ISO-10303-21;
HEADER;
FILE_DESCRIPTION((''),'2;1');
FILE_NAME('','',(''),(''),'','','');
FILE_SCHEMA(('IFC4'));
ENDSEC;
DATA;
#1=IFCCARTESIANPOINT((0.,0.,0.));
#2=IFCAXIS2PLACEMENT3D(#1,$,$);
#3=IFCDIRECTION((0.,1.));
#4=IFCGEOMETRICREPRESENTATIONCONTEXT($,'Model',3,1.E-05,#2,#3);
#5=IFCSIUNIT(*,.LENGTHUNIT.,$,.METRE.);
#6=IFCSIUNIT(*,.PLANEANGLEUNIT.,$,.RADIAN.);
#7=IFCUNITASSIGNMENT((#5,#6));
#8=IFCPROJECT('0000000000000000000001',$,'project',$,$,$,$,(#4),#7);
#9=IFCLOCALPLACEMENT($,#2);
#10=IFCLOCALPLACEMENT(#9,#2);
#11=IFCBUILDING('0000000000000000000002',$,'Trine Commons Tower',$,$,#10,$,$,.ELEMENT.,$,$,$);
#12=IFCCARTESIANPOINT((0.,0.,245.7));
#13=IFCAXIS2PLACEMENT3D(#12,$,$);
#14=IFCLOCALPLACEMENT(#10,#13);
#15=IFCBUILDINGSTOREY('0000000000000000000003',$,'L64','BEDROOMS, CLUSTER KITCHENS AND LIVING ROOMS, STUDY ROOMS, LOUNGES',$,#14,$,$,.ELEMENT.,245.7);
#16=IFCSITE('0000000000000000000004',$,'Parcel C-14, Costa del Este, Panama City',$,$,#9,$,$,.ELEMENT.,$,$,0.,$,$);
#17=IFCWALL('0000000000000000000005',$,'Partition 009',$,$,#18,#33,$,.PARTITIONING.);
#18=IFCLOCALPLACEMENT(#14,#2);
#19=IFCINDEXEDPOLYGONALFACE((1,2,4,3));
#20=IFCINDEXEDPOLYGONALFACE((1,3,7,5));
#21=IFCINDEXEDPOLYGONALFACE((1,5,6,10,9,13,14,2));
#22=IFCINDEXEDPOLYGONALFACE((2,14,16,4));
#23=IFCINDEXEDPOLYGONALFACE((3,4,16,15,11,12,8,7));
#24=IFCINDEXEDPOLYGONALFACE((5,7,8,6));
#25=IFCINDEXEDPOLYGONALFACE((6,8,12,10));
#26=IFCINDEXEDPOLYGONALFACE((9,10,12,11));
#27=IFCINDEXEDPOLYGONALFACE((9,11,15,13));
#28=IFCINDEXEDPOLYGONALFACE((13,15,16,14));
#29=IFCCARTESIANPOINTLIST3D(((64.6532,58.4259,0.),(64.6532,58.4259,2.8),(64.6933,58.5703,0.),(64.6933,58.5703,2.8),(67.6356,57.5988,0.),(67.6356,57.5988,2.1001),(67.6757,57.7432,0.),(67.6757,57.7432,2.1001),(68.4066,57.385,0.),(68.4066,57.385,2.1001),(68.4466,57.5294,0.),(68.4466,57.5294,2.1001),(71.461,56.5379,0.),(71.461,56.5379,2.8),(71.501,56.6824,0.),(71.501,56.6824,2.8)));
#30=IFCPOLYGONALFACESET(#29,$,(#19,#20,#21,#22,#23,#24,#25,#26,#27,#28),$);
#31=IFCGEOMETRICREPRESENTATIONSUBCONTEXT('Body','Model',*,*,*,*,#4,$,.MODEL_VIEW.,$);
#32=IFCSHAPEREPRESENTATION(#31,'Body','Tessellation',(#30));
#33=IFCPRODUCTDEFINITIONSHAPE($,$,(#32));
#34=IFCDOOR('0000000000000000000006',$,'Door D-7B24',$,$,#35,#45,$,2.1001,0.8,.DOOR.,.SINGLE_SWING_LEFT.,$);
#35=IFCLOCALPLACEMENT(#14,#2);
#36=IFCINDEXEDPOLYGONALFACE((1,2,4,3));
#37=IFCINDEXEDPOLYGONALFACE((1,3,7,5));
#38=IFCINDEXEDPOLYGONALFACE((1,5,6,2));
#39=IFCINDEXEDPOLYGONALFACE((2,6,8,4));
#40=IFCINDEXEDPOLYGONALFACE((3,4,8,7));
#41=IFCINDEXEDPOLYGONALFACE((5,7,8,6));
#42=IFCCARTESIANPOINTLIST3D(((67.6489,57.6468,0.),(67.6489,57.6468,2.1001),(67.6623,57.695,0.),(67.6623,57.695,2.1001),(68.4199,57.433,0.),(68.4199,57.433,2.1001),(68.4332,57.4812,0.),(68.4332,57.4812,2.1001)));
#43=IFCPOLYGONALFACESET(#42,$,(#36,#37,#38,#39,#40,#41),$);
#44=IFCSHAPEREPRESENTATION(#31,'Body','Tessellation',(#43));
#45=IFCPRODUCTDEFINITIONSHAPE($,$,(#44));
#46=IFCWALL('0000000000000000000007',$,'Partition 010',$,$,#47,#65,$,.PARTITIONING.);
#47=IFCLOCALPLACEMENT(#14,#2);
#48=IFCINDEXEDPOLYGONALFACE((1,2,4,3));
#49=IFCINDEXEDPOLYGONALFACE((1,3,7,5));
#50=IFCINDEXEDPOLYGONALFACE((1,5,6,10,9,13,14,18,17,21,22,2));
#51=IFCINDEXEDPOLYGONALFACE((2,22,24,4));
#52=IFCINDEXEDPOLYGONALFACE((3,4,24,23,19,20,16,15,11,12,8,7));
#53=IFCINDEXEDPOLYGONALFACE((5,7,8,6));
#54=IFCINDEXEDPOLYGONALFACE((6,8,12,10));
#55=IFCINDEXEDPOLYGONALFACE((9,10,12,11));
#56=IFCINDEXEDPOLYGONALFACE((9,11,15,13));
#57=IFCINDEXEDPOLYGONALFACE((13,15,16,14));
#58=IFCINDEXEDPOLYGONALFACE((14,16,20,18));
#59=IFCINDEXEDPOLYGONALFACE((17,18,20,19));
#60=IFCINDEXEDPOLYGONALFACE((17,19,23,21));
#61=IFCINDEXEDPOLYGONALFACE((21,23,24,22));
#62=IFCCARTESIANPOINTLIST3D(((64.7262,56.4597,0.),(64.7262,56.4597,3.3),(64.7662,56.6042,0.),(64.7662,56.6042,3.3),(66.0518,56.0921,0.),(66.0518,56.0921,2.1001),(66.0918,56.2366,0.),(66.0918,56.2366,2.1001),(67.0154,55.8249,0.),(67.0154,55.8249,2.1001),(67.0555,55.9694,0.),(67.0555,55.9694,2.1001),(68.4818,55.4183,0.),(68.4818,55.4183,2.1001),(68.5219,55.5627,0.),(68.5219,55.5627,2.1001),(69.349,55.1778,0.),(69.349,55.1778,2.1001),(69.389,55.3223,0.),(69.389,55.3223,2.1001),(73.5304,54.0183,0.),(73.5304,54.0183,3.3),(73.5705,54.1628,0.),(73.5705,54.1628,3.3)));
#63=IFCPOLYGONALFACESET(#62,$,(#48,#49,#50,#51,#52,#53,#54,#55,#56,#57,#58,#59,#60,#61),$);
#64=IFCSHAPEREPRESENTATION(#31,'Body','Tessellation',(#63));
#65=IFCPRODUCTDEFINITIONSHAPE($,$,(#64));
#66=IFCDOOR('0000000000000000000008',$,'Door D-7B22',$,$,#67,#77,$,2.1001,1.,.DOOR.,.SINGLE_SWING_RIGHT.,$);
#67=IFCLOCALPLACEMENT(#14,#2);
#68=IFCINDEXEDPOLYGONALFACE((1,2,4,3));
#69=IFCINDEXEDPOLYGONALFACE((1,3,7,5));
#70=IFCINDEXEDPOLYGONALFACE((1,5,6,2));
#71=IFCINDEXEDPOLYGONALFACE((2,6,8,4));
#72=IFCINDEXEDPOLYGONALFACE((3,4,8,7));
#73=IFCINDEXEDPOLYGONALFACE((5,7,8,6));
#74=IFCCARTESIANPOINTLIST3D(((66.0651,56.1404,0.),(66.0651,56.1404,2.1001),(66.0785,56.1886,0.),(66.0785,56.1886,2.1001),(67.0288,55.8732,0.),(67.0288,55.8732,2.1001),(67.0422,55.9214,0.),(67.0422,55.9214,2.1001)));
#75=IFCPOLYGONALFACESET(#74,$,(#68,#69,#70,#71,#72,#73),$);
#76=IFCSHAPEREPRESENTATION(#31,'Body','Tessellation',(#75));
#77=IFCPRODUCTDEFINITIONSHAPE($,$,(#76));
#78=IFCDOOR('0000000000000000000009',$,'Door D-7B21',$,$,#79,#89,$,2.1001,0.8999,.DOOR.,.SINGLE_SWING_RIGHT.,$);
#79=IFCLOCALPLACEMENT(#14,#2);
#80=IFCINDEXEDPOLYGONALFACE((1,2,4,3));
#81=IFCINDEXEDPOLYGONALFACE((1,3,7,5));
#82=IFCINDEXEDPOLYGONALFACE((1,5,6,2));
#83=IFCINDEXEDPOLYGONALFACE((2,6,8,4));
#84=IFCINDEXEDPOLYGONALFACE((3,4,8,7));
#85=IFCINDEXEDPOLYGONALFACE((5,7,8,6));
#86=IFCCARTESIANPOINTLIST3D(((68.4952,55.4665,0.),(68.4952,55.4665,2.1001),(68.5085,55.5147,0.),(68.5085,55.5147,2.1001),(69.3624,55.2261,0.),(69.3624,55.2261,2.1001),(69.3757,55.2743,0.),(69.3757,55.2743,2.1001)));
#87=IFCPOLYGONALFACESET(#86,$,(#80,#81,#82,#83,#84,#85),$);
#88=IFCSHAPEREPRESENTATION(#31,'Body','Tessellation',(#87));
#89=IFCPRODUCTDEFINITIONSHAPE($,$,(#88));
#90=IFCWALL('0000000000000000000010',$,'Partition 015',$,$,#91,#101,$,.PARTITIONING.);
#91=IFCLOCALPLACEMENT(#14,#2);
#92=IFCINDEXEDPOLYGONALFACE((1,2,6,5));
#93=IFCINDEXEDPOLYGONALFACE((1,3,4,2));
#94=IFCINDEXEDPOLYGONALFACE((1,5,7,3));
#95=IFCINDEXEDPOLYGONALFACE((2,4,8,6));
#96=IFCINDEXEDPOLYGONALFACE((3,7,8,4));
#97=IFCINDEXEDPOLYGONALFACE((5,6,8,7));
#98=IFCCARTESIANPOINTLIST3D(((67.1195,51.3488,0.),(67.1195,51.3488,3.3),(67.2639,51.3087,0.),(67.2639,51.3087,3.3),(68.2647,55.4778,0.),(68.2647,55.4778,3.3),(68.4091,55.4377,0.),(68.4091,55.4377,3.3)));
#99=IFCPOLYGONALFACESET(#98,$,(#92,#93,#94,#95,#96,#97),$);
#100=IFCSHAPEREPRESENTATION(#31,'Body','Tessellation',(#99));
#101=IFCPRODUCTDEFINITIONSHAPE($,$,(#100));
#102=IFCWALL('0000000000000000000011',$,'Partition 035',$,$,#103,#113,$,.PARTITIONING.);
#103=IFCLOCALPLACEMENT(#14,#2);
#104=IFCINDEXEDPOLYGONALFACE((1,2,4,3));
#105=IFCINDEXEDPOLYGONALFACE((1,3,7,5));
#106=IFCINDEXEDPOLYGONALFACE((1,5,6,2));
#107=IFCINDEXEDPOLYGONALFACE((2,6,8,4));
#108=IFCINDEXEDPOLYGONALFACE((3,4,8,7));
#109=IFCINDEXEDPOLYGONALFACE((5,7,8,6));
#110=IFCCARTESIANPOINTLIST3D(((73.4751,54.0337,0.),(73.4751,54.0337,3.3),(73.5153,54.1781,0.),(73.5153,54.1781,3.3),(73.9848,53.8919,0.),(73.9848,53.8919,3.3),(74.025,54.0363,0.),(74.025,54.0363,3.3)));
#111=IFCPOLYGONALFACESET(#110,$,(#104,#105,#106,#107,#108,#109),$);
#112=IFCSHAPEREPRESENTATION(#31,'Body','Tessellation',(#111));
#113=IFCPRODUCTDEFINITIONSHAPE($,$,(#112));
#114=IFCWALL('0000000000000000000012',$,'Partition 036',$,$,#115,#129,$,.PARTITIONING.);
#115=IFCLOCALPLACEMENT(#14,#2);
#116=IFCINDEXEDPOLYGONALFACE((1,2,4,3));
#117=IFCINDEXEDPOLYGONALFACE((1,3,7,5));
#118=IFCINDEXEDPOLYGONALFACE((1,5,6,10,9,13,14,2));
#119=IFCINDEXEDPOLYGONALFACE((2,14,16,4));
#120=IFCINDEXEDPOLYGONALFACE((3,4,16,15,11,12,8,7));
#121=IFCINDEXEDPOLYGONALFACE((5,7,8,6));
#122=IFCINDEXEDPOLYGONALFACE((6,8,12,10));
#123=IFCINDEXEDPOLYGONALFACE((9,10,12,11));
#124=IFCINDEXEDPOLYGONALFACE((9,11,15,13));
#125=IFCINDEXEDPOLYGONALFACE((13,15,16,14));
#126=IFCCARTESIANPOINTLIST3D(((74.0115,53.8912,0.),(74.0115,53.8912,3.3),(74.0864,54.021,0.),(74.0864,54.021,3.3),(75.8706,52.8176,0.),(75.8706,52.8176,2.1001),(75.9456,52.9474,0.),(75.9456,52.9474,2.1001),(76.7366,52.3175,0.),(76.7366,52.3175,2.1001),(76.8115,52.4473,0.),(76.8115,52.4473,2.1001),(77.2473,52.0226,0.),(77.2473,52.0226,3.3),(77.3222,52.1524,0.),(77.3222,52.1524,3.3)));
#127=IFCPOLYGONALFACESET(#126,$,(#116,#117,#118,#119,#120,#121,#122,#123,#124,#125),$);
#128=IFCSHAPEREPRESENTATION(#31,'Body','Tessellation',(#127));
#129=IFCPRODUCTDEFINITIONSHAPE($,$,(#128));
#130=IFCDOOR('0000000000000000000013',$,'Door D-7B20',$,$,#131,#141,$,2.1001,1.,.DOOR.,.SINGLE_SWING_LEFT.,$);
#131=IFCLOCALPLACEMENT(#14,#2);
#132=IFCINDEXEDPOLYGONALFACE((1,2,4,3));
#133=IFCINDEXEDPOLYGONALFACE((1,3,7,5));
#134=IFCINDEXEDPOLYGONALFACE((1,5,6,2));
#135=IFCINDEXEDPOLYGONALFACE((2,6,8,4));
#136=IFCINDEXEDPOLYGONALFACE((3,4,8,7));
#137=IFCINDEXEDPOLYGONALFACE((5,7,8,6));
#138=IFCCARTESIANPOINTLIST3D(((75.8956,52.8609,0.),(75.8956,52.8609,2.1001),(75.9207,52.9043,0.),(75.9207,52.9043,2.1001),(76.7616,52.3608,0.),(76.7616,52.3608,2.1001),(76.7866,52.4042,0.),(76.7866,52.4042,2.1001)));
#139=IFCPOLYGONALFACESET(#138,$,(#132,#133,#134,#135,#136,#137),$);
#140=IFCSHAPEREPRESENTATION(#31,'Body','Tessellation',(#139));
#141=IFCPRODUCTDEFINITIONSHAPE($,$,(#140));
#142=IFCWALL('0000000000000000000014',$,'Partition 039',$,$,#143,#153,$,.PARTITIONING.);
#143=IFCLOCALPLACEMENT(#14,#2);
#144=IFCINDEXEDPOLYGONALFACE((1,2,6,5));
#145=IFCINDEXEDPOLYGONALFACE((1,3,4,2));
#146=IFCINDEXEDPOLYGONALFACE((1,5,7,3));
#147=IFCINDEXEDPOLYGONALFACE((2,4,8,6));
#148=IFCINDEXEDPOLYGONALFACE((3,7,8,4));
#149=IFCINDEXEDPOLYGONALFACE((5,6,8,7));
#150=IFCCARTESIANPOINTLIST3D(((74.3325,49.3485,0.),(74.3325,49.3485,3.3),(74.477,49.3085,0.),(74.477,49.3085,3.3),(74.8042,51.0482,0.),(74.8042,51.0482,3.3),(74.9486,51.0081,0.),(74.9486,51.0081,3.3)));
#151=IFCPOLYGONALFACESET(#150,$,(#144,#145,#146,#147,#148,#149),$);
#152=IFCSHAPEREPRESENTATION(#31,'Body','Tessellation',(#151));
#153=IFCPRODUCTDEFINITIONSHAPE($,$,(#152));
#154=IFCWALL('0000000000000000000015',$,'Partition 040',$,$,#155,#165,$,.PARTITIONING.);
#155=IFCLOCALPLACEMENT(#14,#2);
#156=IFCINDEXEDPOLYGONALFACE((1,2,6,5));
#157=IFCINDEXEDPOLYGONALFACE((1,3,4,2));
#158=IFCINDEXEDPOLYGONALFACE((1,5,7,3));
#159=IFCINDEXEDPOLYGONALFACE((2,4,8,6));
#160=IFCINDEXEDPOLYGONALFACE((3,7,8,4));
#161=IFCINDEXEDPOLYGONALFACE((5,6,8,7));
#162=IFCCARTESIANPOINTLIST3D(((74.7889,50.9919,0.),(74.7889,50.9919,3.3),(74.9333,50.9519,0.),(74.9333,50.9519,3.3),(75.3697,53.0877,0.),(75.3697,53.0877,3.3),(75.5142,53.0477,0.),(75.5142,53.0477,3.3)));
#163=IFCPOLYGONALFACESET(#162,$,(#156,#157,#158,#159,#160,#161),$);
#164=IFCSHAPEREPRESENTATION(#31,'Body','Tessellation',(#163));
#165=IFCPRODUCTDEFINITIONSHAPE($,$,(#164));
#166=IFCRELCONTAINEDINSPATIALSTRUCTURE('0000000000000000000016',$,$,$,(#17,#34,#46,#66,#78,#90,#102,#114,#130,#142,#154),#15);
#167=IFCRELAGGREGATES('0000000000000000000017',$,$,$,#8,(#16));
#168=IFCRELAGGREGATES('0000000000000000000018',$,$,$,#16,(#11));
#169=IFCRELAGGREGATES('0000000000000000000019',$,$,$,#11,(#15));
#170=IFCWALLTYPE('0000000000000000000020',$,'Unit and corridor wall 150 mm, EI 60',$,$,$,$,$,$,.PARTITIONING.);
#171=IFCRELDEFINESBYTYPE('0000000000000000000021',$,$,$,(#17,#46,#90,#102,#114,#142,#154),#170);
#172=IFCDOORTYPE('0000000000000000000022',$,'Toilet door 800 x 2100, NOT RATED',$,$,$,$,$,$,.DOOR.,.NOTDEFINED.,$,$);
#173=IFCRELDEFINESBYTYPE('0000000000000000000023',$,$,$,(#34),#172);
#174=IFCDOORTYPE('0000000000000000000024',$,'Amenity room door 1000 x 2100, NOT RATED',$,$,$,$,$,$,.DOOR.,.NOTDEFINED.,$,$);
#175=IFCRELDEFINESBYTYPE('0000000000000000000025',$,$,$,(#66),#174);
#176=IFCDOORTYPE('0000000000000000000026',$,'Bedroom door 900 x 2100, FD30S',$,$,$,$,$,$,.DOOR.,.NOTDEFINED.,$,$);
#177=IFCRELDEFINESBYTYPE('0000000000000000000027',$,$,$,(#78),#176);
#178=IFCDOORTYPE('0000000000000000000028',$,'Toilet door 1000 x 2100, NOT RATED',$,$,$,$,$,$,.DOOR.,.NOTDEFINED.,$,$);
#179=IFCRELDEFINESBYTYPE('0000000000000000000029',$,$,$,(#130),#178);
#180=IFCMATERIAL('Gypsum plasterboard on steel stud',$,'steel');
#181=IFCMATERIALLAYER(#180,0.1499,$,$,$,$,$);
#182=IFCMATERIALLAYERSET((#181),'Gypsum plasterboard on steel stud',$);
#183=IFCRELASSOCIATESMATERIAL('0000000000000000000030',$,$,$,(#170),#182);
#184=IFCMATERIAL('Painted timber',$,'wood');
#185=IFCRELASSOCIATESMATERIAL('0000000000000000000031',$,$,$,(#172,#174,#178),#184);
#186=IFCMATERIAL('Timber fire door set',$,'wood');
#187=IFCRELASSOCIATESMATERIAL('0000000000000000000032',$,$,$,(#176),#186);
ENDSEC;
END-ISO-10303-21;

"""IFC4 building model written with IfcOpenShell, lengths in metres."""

from ifc_helpers import new_model, si_unit, direction, frame, frame_2d, origin, place, context, subcontext, project, spatial, rectangle, extrude, material, layer, layer_set, type_object, element, fill, save


model = new_model("IFC4")

# Units and contexts
model_context = context("Model", 3, precision=1e-05, world=origin(), true_north=direction((0.0, 1.0)))
body_context = subcontext(model_context, "Body", "Model", "MODEL_VIEW")
ifc_project = project(units=[si_unit("LENGTHUNIT", "METRE"), si_unit("PLANEANGLEUNIT", "RADIAN")], contexts=[model_context])

# Site, building, storey
site_placement = place(None, origin())
site = spatial("IfcSite", under=ifc_project, at=site_placement, Name="Parcel C-14, Costa del Este, Panama City", CompositionType="ELEMENT", RefElevation=0.0)
building_placement = place(site_placement, origin())
building = spatial("IfcBuilding", under=site, at=building_placement, Name="Trine Commons Tower", CompositionType="ELEMENT")
storey_placement = place(building_placement, frame((0.0, 0.0, 245.7)))
storey = spatial("IfcBuildingStorey", under=building, at=storey_placement, Name="L64", Description="BEDROOMS, CLUSTER KITCHENS AND LIVING ROOMS, STUDY ROOMS, LOUNGES", CompositionType="ELEMENT", Elevation=245.7)

# Wall, opening, door
ifc_material_1 = material(Name="Gypsum plasterboard on steel stud", Category="steel")
ifc_layer_1 = layer(ifc_material_1, 0.1499)
ifc_layer_set_1 = layer_set([ifc_layer_1], Name="Gypsum plasterboard on steel stud")
wall_type_1 = type_object("IfcWallType", Name="Unit and corridor wall 150 mm, EI 60", PredefinedType="PARTITIONING", material=ifc_layer_set_1)
wall_1_placement = place(storey_placement, frame((64.6733, 58.498, 0.0), z_axis=(0.0, 0.0, 1.0), x_axis=(0.963632, -0.267232, 0.0)))
wall_1 = element("IfcWall", 1, at=wall_1_placement, inside=storey, type_object=wall_type_1, Name="Partition 009", PredefinedType="PARTITIONING", context=body_context, shape_type="SweptSolid", body=[
    extrude(rectangle(XDim=7.0647, YDim=0.1499, at=frame_2d((3.5322, 0.0))), origin(), (0.0, 0.0, 1.0), 2.8),
])
opening_1_placement = place(wall_1_placement, frame((3.095, 0.0, 0.0)))
opening_1 = element("IfcOpeningElement", 2, at=opening_1_placement, cuts=wall_1, PredefinedType="OPENING", context=body_context, shape_type="SweptSolid", body=[
    extrude(rectangle(XDim=0.8, YDim=2.1001, at=frame_2d((0.3999, 1.05))), frame((0.0, 0.085, 0.0), z_axis=(0.0, -1.0, 0.0), x_axis=(1.0, 0.0, 0.0)), (0.0, 0.0, 1.0), 0.1699),
])
ifc_material_2 = material(Name="Painted timber", Category="wood")
door_type_1 = type_object("IfcDoorType", Name="Toilet door 800 x 2100, NOT RATED", OperationType="NOTDEFINED", PredefinedType="DOOR", material=ifc_material_2)
door_1_placement = place(opening_1_placement, origin())
door_1 = element("IfcDoor", 3, at=door_1_placement, inside=storey, type_object=door_type_1, Name="Door D-7B24", OperationType="SINGLE_SWING_LEFT", OverallHeight=2.1001, OverallWidth=0.8, PredefinedType="DOOR", context=body_context, shape_type="SweptSolid", body=[
    extrude(rectangle(XDim=0.8, YDim=2.1001, at=frame_2d((0.3999, 1.05))), frame((0.0, 0.0249, 0.0), z_axis=(0.0, -1.0, 0.0), x_axis=(1.0, 0.0, 0.0)), (0.0, 0.0, 1.0), 0.05),
])
fill(opening_1, door_1)

# Wall, openings, doors
wall_2_placement = place(storey_placement, frame((64.7461, 56.532, 0.0), z_axis=(0.0, 0.0, 1.0), x_axis=(0.963636, -0.267217, 0.0)))
wall_2 = element("IfcWall", 4, at=wall_2_placement, inside=storey, type_object=wall_type_1, Name="Partition 010", PredefinedType="PARTITIONING", context=body_context, shape_type="SweptSolid", body=[
    extrude(rectangle(XDim=9.1365, YDim=0.1499, at=frame_2d((4.5684, 0.0))), origin(), (0.0, 0.0, 1.0), 3.3),
])
opening_2_placement = place(wall_2_placement, frame((3.8975, 0.0, 0.0)))
opening_2 = element("IfcOpeningElement", 5, at=opening_2_placement, cuts=wall_2, PredefinedType="OPENING", context=body_context, shape_type="SweptSolid", body=[
    extrude(rectangle(XDim=0.8999, YDim=2.1001, at=frame_2d((0.45, 1.05))), frame((0.0, 0.085, 0.0), z_axis=(0.0, -1.0, 0.0), x_axis=(1.0, 0.0, 0.0)), (0.0, 0.0, 1.0), 0.1699),
])
opening_3_placement = place(wall_2_placement, frame((1.3757, 0.0, 0.0)))
opening_3 = element("IfcOpeningElement", 6, at=opening_3_placement, cuts=wall_2, PredefinedType="OPENING", context=body_context, shape_type="SweptSolid", body=[
    extrude(rectangle(XDim=1.0, YDim=2.1001, at=frame_2d((0.5, 1.05))), frame((0.0, 0.085, 0.0), z_axis=(0.0, -1.0, 0.0), x_axis=(1.0, 0.0, 0.0)), (0.0, 0.0, 1.0), 0.1699),
])
door_type_2 = type_object("IfcDoorType", Name="Amenity room door 1000 x 2100, NOT RATED", OperationType="NOTDEFINED", PredefinedType="DOOR", material=ifc_material_2)
door_2_placement = place(opening_3_placement, frame((1.0, 0.0, 0.0), z_axis=(0.0, 0.0, 1.0), x_axis=(-1.0, 0.0, 0.0)))
door_2 = element("IfcDoor", 7, at=door_2_placement, inside=storey, type_object=door_type_2, Name="Door D-7B22", OperationType="SINGLE_SWING_RIGHT", OverallHeight=2.1001, OverallWidth=1.0, PredefinedType="DOOR", context=body_context, shape_type="SweptSolid", body=[
    extrude(rectangle(XDim=1.0, YDim=2.1001, at=frame_2d((0.5, 1.05))), frame((0.0, 0.0249, 0.0), z_axis=(0.0, -1.0, 0.0), x_axis=(1.0, 0.0, 0.0)), (0.0, 0.0, 1.0), 0.05),
])
fill(opening_3, door_2)
ifc_material_3 = material(Name="Timber fire door set", Category="wood")
door_type_3 = type_object("IfcDoorType", Name="Bedroom door 900 x 2100, FD30S", OperationType="NOTDEFINED", PredefinedType="DOOR", material=ifc_material_3)
door_3_placement = place(opening_2_placement, frame((0.8999, 0.0, 0.0), z_axis=(0.0, 0.0, 1.0), x_axis=(-1.0, 0.0, 0.0)))
door_3 = element("IfcDoor", 8, at=door_3_placement, inside=storey, type_object=door_type_3, Name="Door D-7B21", OperationType="SINGLE_SWING_RIGHT", OverallHeight=2.1001, OverallWidth=0.8999, PredefinedType="DOOR", context=body_context, shape_type="SweptSolid", body=[
    extrude(rectangle(XDim=0.8999, YDim=2.1001, at=frame_2d((0.45, 1.05))), frame((0.0, 0.0249, 0.0), z_axis=(0.0, -1.0, 0.0), x_axis=(1.0, 0.0, 0.0)), (0.0, 0.0, 1.0), 0.05),
])
fill(opening_2, door_3)

# Walls
wall_3_placement = place(storey_placement, frame((67.1917, 51.3286, 0.0), z_axis=(0.0, 0.0, 1.0), x_axis=(0.267271, 0.963622, 0.0)))
element("IfcWall", 9, at=wall_3_placement, inside=storey, type_object=wall_type_1, Name="Partition 015", PredefinedType="PARTITIONING", context=body_context, shape_type="SweptSolid", body=[
    extrude(rectangle(XDim=4.2849, YDim=0.1499, at=frame_2d((2.1426, 0.0))), origin(), (0.0, 0.0, 1.0), 3.3),
])
wall_4_placement = place(storey_placement, frame((73.4951, 54.106, 0.0), z_axis=(0.0, 0.0, 1.0), x_axis=(0.963399, -0.268072, 0.0)))
element("IfcWall", 10, at=wall_4_placement, inside=storey, type_object=wall_type_1, Name="Partition 035", PredefinedType="PARTITIONING", context=body_context, shape_type="SweptSolid", body=[
    extrude(rectangle(XDim=0.5291, YDim=0.1499, at=frame_2d((0.2646, 0.0))), origin(), (0.0, 0.0, 1.0), 3.3),
])

# Wall, opening, door
wall_5_placement = place(storey_placement, frame((74.0491, 53.9561, 0.0), z_axis=(0.0, 0.0, 1.0), x_axis=(0.865974, -0.500088, 0.0)))
wall_5 = element("IfcWall", 11, at=wall_5_placement, inside=storey, type_object=wall_type_1, Name="Partition 036", PredefinedType="PARTITIONING", context=body_context, shape_type="SweptSolid", body=[
    extrude(rectangle(XDim=3.7366, YDim=0.1499, at=frame_2d((1.8682, 0.0))), origin(), (0.0, 0.0, 1.0), 3.3),
])
opening_4_placement = place(wall_5_placement, frame((2.1467, 0.0, 0.0)))
opening_4 = element("IfcOpeningElement", 12, at=opening_4_placement, cuts=wall_5, PredefinedType="OPENING", context=body_context, shape_type="SweptSolid", body=[
    extrude(rectangle(XDim=1.0, YDim=2.1001, at=frame_2d((0.5, 1.05))), frame((0.0, 0.085, 0.0), z_axis=(0.0, -1.0, 0.0), x_axis=(1.0, 0.0, 0.0)), (0.0, 0.0, 1.0), 0.1699),
])
door_type_4 = type_object("IfcDoorType", Name="Toilet door 1000 x 2100, NOT RATED", OperationType="NOTDEFINED", PredefinedType="DOOR", material=ifc_material_2)
door_4_placement = place(opening_4_placement, frame((1.0, 0.0, 0.0), z_axis=(0.0, 0.0, 1.0), x_axis=(-1.0, 0.0, 0.0)))
door_4 = element("IfcDoor", 13, at=door_4_placement, inside=storey, type_object=door_type_4, Name="Door D-7B20", OperationType="SINGLE_SWING_LEFT", OverallHeight=2.1001, OverallWidth=1.0, PredefinedType="DOOR", context=body_context, shape_type="SweptSolid", body=[
    extrude(rectangle(XDim=1.0, YDim=2.1001, at=frame_2d((0.5, 1.05))), frame((0.0, 0.0249, 0.0), z_axis=(0.0, -1.0, 0.0), x_axis=(1.0, 0.0, 0.0)), (0.0, 0.0, 1.0), 0.05),
])
fill(opening_4, door_4)

# Walls
wall_6_placement = place(storey_placement, frame((74.4048, 49.3286, 0.0), z_axis=(0.0, 0.0, 1.0), x_axis=(0.267401, 0.963585, 0.0)))
element("IfcWall", 14, at=wall_6_placement, inside=storey, type_object=wall_type_1, Name="Partition 039", PredefinedType="PARTITIONING", context=body_context, shape_type="SweptSolid", body=[
    extrude(rectangle(XDim=1.7639, YDim=0.1499, at=frame_2d((0.8818, 0.0))), origin(), (0.0, 0.0, 1.0), 3.3),
])
wall_7_placement = place(storey_placement, frame((74.8611, 50.9719, 0.0), z_axis=(0.0, 0.0, 1.0), x_axis=(0.267076, 0.963675, 0.0)))
element("IfcWall", 15, at=wall_7_placement, inside=storey, type_object=wall_type_1, Name="Partition 040", PredefinedType="PARTITIONING", context=body_context, shape_type="SweptSolid", body=[
    extrude(rectangle(XDim=2.1748, YDim=0.1499, at=frame_2d((1.0874, 0.0))), origin(), (0.0, 0.0, 1.0), 3.3),
])

save(model, "model.ifc")
